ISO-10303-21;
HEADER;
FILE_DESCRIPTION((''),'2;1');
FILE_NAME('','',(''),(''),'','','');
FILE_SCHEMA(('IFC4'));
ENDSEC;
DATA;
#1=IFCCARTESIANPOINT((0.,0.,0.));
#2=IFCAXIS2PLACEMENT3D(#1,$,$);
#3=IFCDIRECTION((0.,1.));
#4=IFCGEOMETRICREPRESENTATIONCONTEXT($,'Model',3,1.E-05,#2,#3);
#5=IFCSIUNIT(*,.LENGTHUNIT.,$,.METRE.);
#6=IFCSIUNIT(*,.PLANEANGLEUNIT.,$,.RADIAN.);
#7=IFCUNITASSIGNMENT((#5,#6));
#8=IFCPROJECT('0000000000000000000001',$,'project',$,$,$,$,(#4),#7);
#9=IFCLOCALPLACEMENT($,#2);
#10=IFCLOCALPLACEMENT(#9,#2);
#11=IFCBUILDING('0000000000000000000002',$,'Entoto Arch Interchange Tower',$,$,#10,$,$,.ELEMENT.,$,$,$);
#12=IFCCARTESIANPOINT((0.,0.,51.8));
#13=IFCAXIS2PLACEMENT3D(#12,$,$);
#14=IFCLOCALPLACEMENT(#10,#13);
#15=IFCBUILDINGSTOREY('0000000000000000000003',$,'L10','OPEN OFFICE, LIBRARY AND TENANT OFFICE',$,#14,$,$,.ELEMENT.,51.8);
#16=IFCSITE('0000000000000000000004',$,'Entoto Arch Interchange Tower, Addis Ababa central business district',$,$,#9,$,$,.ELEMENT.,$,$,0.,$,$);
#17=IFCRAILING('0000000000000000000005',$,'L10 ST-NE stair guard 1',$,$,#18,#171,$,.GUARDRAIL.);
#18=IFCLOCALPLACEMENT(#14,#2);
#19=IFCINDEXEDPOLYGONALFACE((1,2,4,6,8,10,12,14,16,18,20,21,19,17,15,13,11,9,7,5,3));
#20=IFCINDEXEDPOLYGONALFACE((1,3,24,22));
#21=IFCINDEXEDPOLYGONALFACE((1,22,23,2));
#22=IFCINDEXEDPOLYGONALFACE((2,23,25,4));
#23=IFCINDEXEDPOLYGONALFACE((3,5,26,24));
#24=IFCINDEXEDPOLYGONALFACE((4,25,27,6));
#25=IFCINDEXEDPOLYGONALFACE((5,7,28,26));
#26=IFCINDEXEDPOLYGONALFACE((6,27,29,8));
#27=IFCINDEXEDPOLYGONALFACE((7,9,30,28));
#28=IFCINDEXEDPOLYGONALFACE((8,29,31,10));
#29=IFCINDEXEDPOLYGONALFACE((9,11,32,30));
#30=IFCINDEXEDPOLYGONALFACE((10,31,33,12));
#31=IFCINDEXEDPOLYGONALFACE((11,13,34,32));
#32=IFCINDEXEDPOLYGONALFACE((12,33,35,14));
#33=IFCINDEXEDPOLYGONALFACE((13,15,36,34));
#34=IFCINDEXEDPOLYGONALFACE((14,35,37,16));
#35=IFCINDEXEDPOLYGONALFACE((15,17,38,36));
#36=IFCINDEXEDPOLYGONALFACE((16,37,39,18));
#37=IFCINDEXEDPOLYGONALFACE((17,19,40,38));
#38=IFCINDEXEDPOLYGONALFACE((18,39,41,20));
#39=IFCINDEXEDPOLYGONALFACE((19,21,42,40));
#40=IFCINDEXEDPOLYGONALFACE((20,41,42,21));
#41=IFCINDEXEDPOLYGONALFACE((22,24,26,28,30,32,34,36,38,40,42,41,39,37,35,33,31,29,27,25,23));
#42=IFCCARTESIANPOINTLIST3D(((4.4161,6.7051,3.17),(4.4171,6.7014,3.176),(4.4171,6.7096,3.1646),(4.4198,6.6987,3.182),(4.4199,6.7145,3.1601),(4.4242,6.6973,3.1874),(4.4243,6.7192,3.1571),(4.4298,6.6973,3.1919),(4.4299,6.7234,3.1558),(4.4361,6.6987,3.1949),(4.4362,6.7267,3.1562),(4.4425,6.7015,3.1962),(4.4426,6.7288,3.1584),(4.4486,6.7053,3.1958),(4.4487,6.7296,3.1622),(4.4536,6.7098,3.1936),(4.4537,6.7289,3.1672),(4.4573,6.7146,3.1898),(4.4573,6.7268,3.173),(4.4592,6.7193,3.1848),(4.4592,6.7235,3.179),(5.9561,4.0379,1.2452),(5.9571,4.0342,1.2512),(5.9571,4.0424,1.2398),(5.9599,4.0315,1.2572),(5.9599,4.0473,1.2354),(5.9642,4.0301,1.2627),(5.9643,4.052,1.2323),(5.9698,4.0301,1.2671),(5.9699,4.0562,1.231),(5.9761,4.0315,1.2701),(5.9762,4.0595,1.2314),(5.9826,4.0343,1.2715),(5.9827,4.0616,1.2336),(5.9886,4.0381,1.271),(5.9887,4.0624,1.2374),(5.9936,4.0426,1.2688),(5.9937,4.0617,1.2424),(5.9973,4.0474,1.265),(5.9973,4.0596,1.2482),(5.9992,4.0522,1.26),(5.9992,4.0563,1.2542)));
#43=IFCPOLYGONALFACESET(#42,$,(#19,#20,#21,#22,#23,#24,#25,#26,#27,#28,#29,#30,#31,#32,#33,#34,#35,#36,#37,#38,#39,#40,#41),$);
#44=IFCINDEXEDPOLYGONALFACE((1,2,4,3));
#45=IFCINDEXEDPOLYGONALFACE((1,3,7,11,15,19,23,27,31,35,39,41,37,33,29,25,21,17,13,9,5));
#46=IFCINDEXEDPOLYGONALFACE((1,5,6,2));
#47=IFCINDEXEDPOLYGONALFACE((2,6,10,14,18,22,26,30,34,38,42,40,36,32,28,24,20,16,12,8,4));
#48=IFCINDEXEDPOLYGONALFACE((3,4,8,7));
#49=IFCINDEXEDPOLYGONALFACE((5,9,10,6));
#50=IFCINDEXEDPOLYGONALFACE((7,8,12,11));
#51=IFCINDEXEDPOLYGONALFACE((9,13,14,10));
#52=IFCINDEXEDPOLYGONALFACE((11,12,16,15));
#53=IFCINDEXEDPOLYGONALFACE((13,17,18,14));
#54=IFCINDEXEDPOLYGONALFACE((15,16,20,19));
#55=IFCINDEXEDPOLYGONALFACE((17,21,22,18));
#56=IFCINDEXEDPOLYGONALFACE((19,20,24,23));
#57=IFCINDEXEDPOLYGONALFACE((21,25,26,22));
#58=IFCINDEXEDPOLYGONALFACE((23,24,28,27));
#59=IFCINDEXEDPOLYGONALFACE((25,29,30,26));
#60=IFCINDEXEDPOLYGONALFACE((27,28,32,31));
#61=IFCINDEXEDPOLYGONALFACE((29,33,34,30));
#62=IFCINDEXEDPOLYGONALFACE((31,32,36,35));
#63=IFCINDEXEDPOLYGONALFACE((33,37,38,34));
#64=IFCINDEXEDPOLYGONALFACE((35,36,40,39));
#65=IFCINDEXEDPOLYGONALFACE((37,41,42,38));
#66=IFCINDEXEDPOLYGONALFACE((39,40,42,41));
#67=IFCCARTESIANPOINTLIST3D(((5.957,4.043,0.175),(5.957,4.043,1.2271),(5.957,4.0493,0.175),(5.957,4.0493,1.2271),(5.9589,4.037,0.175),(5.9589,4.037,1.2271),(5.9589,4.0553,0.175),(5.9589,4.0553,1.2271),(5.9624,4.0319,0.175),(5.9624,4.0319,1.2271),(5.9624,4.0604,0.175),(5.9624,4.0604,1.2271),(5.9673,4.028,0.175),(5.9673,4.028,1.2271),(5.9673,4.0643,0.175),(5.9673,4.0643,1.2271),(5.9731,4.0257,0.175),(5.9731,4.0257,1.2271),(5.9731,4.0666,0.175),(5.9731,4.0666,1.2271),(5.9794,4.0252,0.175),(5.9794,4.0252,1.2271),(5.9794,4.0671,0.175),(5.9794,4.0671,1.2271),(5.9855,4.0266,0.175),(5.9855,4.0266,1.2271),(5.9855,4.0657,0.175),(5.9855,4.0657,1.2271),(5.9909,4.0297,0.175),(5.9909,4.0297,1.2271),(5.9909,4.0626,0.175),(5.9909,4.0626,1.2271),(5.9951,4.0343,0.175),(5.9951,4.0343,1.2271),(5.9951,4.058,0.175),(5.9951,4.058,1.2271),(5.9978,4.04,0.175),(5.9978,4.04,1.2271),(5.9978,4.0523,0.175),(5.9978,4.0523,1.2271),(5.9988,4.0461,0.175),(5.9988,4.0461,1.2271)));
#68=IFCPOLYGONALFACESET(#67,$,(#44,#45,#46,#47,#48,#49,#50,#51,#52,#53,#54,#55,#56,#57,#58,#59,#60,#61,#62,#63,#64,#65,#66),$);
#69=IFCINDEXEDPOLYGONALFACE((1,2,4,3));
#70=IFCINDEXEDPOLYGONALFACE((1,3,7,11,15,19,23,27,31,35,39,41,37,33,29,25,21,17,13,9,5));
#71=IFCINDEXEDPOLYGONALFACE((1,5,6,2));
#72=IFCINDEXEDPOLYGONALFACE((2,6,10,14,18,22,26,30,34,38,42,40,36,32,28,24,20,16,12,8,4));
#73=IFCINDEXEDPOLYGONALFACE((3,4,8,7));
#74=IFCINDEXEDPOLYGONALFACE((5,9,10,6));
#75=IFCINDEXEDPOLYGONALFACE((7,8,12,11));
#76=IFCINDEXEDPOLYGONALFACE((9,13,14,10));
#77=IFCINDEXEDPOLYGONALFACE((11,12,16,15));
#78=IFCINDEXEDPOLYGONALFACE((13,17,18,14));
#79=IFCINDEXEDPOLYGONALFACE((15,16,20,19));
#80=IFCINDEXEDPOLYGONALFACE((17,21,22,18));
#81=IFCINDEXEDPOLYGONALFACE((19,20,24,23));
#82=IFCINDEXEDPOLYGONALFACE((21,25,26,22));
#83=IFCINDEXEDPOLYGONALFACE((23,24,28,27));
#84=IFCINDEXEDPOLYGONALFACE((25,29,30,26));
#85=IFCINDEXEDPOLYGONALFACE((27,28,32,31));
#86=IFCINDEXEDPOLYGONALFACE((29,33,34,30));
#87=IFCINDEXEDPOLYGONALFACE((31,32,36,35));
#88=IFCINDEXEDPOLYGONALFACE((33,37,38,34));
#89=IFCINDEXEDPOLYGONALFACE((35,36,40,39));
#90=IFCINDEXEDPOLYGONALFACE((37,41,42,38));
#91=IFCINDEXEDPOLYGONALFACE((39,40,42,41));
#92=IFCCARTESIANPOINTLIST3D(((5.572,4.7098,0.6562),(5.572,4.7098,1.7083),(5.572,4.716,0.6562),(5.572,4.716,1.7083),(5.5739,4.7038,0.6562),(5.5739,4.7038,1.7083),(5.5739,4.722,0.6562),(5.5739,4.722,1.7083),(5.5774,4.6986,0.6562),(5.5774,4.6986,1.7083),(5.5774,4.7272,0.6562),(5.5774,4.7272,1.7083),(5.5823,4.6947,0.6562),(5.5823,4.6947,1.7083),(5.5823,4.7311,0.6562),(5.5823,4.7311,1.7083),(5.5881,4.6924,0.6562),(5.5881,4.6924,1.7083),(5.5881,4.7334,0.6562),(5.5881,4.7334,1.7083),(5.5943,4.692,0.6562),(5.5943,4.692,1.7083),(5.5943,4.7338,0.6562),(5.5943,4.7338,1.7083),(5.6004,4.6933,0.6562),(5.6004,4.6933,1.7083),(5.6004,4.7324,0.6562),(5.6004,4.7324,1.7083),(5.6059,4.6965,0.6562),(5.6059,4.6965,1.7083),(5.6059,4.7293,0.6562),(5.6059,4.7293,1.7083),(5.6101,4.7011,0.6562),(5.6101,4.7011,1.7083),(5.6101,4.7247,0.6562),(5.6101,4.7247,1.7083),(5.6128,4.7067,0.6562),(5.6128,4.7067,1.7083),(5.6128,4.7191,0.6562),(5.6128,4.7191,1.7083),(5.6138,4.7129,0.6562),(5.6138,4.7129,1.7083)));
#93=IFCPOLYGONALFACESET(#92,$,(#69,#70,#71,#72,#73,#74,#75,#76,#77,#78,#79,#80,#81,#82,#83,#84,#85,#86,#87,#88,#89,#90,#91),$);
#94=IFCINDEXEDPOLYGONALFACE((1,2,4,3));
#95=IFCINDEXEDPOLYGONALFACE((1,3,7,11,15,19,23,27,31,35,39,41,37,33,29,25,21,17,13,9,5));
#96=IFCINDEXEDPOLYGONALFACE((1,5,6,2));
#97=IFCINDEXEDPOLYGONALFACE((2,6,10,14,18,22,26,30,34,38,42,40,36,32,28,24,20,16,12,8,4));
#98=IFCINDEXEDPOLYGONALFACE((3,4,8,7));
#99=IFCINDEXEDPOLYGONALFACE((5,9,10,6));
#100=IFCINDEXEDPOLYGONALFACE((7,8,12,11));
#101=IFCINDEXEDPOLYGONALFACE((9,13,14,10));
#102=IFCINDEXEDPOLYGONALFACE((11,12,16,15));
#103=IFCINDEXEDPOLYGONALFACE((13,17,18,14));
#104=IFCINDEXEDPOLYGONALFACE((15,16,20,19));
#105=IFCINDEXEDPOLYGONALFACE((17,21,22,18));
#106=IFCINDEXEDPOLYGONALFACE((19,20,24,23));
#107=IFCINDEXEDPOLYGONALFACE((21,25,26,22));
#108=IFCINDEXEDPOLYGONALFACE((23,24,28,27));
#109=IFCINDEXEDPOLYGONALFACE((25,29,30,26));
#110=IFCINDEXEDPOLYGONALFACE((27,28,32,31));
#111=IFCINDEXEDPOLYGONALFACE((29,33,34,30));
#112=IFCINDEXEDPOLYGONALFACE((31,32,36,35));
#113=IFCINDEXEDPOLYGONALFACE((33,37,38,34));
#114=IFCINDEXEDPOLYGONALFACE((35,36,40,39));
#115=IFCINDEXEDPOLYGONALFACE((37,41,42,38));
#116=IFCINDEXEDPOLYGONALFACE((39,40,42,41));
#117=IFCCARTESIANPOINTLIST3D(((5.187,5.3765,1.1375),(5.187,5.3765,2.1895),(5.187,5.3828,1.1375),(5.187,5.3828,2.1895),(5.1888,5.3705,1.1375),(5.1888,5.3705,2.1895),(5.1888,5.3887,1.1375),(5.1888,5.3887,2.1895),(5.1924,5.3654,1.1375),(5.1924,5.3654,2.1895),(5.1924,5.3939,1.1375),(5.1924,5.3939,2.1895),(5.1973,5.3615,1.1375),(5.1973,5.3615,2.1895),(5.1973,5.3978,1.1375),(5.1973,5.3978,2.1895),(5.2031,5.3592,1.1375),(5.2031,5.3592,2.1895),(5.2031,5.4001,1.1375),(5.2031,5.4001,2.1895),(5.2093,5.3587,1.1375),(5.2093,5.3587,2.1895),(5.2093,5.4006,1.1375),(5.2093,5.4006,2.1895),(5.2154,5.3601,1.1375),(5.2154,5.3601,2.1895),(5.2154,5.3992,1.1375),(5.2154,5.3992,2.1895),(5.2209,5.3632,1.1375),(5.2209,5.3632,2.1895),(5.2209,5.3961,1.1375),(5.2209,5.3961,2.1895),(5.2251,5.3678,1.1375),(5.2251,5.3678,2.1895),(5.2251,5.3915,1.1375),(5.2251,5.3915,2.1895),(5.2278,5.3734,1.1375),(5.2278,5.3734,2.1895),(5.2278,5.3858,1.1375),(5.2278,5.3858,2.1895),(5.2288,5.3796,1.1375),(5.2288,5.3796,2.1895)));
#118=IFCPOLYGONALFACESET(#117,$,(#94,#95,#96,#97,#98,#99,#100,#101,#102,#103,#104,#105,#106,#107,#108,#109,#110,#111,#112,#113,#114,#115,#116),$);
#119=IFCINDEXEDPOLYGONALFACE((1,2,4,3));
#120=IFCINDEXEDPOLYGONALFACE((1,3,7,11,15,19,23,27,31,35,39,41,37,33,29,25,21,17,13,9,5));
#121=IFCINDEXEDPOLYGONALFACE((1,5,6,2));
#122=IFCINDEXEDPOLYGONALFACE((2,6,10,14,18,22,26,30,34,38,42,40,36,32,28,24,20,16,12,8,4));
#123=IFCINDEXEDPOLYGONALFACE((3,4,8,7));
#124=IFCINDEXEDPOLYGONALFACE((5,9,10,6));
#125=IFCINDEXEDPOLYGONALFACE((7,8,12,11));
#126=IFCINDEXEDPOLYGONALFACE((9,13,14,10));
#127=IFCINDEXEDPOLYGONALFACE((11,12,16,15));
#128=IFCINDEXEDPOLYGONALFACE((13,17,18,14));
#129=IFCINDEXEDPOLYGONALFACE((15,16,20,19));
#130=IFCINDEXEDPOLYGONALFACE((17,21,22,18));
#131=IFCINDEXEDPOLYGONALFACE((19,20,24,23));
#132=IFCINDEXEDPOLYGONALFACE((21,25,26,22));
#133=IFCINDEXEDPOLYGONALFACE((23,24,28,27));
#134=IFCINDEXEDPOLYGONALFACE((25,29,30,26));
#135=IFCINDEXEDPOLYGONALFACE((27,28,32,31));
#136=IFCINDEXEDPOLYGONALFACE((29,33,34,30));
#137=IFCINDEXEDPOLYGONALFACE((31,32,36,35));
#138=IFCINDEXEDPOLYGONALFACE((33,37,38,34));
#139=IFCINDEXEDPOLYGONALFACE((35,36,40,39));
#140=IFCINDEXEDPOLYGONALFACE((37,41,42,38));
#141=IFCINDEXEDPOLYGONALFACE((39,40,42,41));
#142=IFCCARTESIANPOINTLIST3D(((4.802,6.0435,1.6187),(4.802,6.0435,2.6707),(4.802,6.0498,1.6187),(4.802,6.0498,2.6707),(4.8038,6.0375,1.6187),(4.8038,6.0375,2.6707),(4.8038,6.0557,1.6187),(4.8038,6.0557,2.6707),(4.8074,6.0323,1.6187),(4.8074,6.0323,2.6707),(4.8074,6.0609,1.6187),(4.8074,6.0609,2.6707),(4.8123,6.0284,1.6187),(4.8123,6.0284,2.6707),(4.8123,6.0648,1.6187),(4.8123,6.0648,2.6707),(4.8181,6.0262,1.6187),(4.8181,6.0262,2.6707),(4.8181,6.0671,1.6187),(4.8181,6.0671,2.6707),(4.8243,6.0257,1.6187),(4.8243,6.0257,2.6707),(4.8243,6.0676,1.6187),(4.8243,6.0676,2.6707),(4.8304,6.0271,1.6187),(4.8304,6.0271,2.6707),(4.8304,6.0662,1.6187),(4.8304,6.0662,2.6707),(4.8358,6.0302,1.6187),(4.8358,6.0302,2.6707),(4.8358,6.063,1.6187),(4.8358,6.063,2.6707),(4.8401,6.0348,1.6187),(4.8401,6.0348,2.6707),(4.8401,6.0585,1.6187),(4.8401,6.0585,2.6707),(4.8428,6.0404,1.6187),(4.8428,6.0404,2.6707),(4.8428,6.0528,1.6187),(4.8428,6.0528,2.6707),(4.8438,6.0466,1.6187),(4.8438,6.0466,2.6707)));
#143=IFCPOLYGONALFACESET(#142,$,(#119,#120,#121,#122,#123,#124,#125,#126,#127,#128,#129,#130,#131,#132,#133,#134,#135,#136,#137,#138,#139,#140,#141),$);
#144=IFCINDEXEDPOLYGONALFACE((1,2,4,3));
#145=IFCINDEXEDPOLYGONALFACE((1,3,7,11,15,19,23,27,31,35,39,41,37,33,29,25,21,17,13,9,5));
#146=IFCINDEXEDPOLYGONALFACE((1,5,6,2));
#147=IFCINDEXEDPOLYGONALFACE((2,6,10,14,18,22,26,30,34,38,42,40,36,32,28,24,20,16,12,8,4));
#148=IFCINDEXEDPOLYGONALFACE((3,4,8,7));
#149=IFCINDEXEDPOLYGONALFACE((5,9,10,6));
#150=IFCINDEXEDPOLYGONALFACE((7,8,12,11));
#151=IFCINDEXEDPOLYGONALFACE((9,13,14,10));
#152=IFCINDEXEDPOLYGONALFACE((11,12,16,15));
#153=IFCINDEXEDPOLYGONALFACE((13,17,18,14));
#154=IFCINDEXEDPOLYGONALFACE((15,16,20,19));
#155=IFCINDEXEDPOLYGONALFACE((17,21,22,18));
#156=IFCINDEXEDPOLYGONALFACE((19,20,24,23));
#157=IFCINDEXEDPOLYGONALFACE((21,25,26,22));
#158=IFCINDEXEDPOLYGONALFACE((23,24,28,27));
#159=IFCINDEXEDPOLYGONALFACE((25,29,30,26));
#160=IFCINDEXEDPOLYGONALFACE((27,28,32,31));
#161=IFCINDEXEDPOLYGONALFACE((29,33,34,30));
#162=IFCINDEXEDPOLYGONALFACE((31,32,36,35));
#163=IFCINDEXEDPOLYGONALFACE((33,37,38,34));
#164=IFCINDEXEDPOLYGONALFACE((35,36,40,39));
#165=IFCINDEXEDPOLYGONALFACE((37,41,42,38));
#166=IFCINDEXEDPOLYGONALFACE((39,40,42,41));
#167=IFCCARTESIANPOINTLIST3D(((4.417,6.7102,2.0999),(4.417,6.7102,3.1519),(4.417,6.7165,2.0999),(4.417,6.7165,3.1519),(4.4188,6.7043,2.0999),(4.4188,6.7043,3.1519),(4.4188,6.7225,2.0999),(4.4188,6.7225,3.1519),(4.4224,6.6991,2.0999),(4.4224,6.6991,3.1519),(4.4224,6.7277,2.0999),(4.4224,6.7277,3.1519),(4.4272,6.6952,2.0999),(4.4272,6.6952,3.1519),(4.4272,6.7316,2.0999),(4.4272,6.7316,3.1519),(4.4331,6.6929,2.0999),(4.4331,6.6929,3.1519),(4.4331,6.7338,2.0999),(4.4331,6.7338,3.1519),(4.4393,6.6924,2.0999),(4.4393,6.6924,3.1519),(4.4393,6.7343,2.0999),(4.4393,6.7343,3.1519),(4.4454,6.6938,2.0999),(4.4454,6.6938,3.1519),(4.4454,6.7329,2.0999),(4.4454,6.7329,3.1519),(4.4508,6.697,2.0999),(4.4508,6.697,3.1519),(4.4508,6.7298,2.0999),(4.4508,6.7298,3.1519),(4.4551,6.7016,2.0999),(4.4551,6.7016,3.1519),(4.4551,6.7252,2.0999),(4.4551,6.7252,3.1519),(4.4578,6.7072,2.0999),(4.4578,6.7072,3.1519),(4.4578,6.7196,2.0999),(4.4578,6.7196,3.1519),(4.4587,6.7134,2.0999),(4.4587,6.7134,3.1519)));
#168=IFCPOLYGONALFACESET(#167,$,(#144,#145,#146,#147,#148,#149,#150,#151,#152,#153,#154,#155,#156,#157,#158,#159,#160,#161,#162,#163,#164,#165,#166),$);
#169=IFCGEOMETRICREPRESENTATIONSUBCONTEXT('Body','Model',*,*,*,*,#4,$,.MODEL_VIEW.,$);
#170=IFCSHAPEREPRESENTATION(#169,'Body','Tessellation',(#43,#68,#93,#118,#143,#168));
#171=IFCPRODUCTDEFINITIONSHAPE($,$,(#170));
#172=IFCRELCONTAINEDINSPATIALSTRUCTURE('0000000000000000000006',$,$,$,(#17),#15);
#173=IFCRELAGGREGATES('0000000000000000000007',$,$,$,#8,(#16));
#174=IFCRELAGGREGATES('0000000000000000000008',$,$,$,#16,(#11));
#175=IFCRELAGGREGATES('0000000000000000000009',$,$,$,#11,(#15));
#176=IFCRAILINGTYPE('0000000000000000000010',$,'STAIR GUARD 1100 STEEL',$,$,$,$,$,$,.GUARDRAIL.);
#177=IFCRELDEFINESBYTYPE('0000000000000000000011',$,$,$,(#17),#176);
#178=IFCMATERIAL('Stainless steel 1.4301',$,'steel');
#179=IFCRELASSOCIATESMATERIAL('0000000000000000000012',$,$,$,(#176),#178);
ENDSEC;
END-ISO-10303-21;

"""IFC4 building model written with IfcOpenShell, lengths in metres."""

from ifc_helpers import new_model, si_unit, direction, frame, origin, origin_2d, place, context, subcontext, project, spatial, circle, extrude, material, type_object, element, save


model = new_model("IFC4")

# Units and contexts
model_context = context("Model", 3, precision=1e-05, world=origin(), true_north=direction((0.0, 1.0)))
body_context = subcontext(model_context, "Body", "Model", "MODEL_VIEW")
ifc_project = project(units=[si_unit("LENGTHUNIT", "METRE"), si_unit("PLANEANGLEUNIT", "RADIAN")], contexts=[model_context])

# Site, building, storey
site_placement = place(None, origin())
site = spatial("IfcSite", under=ifc_project, at=site_placement, Name="Entoto Arch Interchange Tower, Addis Ababa central business district", CompositionType="ELEMENT", RefElevation=0.0)
building_placement = place(site_placement, origin())
building = spatial("IfcBuilding", under=site, at=building_placement, Name="Entoto Arch Interchange Tower", CompositionType="ELEMENT")
storey_placement = place(building_placement, frame((0.0, 0.0, 51.8)))
storey = spatial("IfcBuildingStorey", under=building, at=storey_placement, Name="L10", Description="OPEN OFFICE, LIBRARY AND TENANT OFFICE", CompositionType="ELEMENT", Elevation=51.8)

# Railing
ifc_material_1 = material(Name="Stainless steel 1.4301", Category="steel")
railing_type_1 = type_object("IfcRailingType", Name="STAIR GUARD 1100 STEEL", PredefinedType="GUARDRAIL", material=ifc_material_1)
railing_1_placement = place(storey_placement, frame((5.9778, 4.0461, 0.175)))
element("IfcRailing", 1, at=railing_1_placement, inside=storey, type_object=railing_type_1, Name="L10 ST-NE stair guard 1", PredefinedType="GUARDRAIL", context=body_context, shape_type="SweptSolid", body=[
    extrude(circle(Radius=0.0239, at=origin_2d()), frame((0.0, 0.0, 1.0762), z_axis=(-0.424031, 0.73439, 0.529971), x_axis=(-0.86601, -0.500027, 0.0)), (0.0, 0.0, 1.0), 3.6318),
    extrude(circle(Radius=0.021, at=origin_2d()), origin(), (0.0, 0.0, 1.0), 1.052),
    extrude(circle(Radius=0.021, at=origin_2d()), frame((-0.385, 0.6667, 0.4812)), (0.0, 0.0, 1.0), 1.052),
    extrude(circle(Radius=0.021, at=origin_2d()), frame((-0.77, 1.3335, 0.9624)), (0.0, 0.0, 1.0), 1.052),
    extrude(circle(Radius=0.021, at=origin_2d()), frame((-1.155, 2.0005, 1.4436)), (0.0, 0.0, 1.0), 1.052),
    extrude(circle(Radius=0.021, at=origin_2d()), frame((-1.54, 2.6672, 1.9248)), (0.0, 0.0, 1.0), 1.052),
])

save(model, "model.ifc")
